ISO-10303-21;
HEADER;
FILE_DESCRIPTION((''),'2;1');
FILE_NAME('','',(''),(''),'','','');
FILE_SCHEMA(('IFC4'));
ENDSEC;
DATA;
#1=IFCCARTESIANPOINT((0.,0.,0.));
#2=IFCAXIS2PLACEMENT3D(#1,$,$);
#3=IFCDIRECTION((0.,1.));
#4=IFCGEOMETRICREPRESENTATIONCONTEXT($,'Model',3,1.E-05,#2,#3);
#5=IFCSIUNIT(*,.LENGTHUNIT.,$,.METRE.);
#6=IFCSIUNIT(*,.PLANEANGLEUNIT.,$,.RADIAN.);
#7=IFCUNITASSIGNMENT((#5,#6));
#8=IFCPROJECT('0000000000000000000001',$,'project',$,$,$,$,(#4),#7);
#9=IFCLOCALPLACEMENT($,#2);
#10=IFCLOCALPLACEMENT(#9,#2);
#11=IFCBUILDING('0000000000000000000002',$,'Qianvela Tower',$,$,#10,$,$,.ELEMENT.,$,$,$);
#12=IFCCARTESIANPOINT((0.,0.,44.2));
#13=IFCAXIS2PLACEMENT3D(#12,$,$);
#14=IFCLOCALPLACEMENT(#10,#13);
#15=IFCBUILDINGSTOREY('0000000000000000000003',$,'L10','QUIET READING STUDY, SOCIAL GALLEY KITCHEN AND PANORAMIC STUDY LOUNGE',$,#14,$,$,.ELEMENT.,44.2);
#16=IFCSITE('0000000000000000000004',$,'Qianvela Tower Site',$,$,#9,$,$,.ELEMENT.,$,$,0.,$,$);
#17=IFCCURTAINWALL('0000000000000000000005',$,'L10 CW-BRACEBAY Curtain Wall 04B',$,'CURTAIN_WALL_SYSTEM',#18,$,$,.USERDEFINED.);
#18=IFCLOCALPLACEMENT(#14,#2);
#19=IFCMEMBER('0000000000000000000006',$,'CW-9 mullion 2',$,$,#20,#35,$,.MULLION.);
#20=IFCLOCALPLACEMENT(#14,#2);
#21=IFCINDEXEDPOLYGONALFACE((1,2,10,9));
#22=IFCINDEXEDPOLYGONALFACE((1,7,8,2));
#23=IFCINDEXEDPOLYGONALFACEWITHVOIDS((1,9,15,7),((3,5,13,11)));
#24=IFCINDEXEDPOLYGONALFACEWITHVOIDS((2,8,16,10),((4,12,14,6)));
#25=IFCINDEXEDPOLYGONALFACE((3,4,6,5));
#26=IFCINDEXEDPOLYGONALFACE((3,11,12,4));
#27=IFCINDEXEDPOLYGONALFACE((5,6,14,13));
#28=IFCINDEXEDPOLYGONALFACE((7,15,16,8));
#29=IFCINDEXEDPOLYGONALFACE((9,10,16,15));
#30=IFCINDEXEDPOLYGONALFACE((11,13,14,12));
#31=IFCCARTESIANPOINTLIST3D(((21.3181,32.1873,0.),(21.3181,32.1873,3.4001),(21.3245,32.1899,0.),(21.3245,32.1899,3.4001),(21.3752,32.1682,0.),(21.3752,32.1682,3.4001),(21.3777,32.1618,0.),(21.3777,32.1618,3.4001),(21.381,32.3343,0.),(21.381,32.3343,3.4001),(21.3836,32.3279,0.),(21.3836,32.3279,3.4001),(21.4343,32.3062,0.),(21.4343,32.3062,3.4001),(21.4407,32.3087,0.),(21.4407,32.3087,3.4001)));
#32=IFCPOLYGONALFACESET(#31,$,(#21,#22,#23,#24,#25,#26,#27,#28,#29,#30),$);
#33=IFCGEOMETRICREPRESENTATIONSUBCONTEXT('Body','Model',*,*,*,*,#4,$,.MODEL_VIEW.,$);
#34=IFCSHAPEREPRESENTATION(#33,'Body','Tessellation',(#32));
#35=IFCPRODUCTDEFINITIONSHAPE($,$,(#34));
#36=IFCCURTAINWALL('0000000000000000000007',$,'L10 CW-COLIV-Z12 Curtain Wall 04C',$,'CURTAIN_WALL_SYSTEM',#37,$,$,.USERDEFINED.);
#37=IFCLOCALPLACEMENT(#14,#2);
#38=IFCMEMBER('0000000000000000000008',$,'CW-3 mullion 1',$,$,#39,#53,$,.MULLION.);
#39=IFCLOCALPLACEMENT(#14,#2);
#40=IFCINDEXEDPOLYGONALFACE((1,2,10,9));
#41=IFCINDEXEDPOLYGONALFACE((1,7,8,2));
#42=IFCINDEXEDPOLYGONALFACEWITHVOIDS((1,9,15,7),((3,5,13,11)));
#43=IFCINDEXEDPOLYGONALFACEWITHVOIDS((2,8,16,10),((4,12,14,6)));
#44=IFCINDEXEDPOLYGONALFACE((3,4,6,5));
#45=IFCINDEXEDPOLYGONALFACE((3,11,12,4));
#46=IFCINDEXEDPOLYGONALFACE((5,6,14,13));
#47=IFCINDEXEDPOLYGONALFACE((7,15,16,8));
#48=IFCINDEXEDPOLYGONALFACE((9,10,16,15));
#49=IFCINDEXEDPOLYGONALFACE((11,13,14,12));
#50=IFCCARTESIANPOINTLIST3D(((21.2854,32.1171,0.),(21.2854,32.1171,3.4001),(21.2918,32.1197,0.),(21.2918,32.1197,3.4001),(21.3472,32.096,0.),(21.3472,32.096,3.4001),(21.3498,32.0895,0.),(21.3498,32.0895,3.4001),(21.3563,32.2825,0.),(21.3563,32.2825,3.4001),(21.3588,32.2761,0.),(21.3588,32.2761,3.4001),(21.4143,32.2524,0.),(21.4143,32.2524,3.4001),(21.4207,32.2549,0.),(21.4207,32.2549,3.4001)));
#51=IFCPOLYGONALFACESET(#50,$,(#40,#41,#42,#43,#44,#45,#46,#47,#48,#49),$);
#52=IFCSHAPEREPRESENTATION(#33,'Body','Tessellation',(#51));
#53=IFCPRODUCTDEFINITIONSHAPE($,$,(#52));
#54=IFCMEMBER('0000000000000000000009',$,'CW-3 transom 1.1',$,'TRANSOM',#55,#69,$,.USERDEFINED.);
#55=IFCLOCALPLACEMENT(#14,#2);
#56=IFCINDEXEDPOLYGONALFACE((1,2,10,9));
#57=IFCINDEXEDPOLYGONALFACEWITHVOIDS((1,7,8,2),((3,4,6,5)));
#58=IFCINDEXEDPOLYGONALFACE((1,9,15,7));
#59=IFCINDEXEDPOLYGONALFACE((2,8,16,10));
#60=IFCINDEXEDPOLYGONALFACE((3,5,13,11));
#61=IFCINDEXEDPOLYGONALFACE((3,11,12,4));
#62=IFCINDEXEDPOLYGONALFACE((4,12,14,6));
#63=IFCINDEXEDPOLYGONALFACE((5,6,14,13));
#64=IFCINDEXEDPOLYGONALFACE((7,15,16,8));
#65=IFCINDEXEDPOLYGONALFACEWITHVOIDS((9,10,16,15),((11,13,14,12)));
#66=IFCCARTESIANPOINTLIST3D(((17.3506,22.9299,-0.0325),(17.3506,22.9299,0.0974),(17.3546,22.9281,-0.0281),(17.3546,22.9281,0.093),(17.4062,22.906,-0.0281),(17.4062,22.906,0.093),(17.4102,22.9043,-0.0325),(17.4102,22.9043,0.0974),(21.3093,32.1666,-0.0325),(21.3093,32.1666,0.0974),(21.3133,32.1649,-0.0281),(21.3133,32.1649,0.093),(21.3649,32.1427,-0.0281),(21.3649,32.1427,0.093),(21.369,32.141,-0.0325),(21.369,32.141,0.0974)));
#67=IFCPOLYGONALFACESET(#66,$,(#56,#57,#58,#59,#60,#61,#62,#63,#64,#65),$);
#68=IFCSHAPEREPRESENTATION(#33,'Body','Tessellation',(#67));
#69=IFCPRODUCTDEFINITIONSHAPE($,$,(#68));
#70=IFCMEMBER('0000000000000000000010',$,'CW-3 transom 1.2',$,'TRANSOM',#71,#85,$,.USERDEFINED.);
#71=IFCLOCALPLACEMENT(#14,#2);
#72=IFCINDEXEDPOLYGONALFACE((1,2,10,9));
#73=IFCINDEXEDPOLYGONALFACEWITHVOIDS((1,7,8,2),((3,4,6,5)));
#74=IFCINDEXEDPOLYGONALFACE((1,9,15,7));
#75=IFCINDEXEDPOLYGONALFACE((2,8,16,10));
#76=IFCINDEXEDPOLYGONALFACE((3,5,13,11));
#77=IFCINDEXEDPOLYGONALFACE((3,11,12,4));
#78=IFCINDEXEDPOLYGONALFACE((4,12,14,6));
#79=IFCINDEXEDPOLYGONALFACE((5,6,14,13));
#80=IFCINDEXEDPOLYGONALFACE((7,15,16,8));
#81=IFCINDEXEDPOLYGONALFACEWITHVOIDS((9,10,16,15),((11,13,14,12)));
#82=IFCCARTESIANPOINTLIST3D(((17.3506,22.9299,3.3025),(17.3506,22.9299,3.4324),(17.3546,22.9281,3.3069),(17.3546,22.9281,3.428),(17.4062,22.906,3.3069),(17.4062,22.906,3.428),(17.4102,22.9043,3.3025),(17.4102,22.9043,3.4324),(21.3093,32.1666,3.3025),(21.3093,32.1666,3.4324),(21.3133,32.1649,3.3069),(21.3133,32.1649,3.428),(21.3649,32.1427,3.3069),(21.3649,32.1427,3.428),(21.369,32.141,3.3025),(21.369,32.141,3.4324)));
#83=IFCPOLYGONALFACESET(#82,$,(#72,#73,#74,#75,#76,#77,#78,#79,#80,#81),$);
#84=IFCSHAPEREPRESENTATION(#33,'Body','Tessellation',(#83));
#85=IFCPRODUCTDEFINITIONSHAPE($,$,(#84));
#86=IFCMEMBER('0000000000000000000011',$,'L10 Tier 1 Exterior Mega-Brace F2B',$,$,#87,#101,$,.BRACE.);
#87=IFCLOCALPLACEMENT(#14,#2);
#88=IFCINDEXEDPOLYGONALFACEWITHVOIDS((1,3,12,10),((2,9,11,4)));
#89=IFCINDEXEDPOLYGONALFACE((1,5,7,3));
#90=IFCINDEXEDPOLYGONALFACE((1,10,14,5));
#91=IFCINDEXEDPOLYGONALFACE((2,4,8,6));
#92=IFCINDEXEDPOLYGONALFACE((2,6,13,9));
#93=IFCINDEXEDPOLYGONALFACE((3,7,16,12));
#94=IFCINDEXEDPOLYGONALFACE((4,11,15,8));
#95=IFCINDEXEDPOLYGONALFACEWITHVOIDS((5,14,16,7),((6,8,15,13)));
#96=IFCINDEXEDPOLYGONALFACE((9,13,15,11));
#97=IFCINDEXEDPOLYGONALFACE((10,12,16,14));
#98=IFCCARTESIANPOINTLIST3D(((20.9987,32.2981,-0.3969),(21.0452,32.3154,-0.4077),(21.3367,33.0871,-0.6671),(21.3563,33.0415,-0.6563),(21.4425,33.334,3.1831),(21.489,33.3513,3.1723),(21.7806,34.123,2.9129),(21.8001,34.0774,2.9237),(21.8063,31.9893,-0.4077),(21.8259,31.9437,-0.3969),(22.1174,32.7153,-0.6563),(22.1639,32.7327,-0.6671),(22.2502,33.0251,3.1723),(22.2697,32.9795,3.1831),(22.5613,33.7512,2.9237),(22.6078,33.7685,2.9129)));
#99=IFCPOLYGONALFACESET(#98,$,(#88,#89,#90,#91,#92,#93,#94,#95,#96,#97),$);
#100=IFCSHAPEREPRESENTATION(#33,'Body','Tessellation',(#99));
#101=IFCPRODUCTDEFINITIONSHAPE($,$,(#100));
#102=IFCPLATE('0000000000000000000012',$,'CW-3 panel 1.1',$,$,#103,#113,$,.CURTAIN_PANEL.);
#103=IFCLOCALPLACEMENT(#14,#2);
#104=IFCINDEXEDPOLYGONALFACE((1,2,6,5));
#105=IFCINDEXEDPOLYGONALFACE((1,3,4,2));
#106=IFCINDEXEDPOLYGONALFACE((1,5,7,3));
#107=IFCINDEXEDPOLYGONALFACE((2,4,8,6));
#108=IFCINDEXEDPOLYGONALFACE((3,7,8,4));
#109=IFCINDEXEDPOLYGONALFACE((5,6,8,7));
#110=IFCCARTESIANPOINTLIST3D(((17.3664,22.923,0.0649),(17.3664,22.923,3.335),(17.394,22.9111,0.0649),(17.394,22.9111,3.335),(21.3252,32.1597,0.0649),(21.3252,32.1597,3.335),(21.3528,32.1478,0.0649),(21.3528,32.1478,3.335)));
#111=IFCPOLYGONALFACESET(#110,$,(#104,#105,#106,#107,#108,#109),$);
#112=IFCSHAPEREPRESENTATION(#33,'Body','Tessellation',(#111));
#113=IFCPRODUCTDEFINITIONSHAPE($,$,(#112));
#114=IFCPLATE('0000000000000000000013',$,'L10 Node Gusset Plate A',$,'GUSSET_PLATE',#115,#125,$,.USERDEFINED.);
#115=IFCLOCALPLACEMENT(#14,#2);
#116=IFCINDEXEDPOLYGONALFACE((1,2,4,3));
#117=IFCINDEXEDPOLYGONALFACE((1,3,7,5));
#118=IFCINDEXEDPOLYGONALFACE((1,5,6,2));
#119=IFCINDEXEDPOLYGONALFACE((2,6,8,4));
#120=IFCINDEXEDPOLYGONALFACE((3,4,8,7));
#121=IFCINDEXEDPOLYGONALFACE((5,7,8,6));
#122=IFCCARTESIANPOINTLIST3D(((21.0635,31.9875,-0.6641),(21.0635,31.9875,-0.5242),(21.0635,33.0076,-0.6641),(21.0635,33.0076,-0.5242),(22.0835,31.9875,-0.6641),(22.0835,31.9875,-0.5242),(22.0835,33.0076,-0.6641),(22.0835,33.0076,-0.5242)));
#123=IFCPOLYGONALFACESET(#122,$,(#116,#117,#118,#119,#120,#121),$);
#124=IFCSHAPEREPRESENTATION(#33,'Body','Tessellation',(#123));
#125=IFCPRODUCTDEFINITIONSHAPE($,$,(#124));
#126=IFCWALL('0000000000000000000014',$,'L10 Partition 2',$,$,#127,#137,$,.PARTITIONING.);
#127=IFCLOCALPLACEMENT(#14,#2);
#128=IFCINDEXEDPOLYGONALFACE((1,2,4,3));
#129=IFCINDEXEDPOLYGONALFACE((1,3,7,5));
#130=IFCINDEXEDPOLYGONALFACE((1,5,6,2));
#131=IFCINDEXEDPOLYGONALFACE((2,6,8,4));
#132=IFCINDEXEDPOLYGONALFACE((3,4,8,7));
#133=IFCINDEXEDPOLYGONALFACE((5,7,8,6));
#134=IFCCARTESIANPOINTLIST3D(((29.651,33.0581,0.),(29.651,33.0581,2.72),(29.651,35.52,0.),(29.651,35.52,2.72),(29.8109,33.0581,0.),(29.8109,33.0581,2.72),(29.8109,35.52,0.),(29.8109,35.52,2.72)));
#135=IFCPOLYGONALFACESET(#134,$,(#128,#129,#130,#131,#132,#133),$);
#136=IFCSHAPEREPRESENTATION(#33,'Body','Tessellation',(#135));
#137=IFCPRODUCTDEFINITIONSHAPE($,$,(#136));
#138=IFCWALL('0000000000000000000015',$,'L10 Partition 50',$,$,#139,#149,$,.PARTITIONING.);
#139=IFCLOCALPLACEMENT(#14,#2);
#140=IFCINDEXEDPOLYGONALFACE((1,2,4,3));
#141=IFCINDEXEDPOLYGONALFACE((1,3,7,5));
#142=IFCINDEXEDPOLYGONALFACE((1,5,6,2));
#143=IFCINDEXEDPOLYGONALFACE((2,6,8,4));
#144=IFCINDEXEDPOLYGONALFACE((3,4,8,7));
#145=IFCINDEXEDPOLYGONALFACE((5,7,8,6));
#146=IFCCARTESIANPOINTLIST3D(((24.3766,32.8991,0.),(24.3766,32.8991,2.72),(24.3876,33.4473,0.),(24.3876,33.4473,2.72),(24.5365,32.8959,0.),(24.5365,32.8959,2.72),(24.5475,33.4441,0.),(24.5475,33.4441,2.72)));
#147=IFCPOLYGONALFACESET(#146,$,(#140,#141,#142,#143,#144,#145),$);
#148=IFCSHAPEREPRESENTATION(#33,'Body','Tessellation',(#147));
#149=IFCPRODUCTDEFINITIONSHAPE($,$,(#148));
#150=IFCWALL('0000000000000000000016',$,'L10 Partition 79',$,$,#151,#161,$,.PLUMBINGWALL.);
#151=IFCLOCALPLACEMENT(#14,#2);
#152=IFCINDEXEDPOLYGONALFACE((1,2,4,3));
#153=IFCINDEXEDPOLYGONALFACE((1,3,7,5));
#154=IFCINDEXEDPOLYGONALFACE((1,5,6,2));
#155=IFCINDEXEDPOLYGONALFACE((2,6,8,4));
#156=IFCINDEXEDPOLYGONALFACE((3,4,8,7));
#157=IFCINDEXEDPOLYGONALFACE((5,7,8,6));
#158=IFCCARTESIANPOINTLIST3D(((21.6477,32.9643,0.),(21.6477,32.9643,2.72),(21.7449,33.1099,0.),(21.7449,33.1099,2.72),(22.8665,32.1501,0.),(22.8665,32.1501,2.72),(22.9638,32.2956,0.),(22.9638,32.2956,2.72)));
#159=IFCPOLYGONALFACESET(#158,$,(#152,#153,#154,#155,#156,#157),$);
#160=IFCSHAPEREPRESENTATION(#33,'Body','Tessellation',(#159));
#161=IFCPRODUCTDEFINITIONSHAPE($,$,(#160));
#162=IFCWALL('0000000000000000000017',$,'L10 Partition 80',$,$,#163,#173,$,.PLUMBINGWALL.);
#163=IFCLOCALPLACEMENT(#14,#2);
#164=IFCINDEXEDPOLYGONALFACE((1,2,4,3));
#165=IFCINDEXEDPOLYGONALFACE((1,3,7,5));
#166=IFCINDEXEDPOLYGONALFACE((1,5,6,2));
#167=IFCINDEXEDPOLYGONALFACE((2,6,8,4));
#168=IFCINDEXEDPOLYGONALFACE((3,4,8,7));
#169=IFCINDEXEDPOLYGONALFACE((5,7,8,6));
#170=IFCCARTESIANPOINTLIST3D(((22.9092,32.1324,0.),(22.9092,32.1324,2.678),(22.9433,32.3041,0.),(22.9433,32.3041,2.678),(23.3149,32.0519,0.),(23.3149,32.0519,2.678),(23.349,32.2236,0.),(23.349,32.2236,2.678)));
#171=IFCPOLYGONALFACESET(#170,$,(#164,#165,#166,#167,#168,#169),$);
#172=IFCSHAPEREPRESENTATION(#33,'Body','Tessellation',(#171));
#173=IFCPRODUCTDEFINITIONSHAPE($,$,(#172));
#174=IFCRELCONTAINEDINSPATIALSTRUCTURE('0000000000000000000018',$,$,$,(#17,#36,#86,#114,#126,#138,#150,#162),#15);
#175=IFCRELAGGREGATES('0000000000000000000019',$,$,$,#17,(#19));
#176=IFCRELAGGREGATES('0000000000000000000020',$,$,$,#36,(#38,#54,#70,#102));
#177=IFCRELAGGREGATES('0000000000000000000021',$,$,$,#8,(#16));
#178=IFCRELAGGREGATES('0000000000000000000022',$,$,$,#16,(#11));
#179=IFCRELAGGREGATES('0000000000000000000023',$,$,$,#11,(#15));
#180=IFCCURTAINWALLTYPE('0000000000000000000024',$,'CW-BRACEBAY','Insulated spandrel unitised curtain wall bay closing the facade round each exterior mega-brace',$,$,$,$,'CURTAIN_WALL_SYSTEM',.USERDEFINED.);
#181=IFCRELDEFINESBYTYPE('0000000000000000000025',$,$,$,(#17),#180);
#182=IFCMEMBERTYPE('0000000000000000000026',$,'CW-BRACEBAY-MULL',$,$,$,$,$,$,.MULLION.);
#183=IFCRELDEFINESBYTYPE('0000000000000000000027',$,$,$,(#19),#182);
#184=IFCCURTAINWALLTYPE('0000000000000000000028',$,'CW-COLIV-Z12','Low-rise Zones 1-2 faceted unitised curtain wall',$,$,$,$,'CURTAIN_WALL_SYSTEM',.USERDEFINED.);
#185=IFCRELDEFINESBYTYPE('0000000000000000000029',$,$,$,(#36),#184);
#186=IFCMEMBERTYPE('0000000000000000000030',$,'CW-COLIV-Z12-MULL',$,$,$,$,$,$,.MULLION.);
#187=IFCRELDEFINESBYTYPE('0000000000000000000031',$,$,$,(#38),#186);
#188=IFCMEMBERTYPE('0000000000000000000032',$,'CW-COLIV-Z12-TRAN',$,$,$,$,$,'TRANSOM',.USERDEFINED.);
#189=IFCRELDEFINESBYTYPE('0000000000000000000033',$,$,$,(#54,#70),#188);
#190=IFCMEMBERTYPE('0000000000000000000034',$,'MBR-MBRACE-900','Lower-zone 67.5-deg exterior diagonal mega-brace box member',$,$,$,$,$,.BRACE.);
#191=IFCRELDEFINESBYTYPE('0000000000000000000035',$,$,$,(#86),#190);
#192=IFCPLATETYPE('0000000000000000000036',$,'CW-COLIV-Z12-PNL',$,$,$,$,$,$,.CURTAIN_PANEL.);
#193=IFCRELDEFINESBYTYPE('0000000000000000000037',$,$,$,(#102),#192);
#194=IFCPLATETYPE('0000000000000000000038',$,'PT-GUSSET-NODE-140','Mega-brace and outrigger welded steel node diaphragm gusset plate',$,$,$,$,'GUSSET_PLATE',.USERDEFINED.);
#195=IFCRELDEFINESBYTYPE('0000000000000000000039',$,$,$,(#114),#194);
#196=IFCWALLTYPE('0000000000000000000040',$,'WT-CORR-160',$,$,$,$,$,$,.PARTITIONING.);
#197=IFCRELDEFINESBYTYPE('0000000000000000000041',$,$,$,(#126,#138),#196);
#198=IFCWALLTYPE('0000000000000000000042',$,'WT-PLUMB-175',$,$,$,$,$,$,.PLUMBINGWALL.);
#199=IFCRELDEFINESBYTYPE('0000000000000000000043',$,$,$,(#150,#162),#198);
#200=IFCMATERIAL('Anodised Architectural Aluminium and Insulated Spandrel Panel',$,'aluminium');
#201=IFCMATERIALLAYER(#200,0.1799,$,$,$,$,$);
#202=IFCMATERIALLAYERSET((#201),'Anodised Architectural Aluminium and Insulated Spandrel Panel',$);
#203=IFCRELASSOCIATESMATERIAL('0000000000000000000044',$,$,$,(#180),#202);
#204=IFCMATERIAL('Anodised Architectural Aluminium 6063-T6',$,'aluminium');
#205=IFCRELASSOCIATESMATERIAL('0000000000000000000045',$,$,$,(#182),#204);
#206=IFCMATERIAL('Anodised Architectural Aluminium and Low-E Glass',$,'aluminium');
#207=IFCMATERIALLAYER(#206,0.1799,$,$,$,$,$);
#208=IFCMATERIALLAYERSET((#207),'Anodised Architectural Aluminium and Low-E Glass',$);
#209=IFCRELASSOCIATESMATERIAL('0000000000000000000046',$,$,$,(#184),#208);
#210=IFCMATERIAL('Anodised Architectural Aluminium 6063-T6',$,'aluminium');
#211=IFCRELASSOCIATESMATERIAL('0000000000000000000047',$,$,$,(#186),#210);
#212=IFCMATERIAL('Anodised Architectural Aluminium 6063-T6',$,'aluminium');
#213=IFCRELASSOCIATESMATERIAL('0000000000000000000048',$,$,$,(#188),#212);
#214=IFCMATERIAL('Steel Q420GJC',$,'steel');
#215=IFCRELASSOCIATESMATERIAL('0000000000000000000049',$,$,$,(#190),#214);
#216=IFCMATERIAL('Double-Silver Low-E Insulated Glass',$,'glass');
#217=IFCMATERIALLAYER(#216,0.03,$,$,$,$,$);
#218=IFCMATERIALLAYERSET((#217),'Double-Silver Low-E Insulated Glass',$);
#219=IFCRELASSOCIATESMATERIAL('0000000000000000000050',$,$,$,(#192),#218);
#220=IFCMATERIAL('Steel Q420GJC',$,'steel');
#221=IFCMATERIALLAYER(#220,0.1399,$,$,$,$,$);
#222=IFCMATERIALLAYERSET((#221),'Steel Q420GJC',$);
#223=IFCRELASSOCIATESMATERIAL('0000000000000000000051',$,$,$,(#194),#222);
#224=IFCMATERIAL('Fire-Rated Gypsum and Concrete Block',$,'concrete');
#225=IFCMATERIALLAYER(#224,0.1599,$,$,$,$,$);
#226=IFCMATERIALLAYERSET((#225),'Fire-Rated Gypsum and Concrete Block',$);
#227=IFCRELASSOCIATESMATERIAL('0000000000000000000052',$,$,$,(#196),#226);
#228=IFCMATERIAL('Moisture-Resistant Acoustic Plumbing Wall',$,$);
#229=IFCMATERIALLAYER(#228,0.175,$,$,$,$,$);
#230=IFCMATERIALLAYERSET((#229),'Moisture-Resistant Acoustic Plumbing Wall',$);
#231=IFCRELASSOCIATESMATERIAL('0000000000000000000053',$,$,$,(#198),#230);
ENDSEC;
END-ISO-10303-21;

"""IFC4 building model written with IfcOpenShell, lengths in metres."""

from ifc_helpers import new_model, si_unit, direction, frame, frame_2d, origin, origin_2d, place, context, subcontext, project, spatial, rectangle, hollow_rectangle, extrude, material, layer, layer_set, material_profile, profile_set, type_object, element, aggregate, save


model = new_model("IFC4")

# Units and contexts
model_context = context("Model", 3, precision=1e-05, world=origin(), true_north=direction((0.0, 1.0)))
body_context = subcontext(model_context, "Body", "Model", "MODEL_VIEW")
ifc_project = project(units=[si_unit("LENGTHUNIT", "METRE"), si_unit("PLANEANGLEUNIT", "RADIAN")], contexts=[model_context])

# Site, building, storey
site_placement = place(None, origin())
site = spatial("IfcSite", under=ifc_project, at=site_placement, Name="Qianvela Tower Site", CompositionType="ELEMENT", RefElevation=0.0)
building_placement = place(site_placement, origin())
building = spatial("IfcBuilding", under=site, at=building_placement, Name="Qianvela Tower", CompositionType="ELEMENT")
storey_placement = place(building_placement, frame((0.0, 0.0, 44.2)))
storey = spatial("IfcBuildingStorey", under=building, at=storey_placement, Name="L10", Description="QUIET READING STUDY, SOCIAL GALLEY KITCHEN AND PANORAMIC STUDY LOUNGE", CompositionType="ELEMENT", Elevation=44.2)

# Curtain wall, member
ifc_material_1 = material(Name="Anodised Architectural Aluminium and Insulated Spandrel Panel", Category="aluminium")
ifc_layer_1 = layer(ifc_material_1, 0.1799)
ifc_layer_set_1 = layer_set([ifc_layer_1], Name="Anodised Architectural Aluminium and Insulated Spandrel Panel")
curtain_wall_type_1 = type_object("IfcCurtainWallType", Name="CW-BRACEBAY", Description="Insulated spandrel unitised curtain wall bay closing the facade round each exterior mega-brace", ElementType="CURTAIN_WALL_SYSTEM", PredefinedType="USERDEFINED", material=ifc_layer_set_1)
curtain_wall_1_placement = place(storey_placement, origin())
curtain_wall_1 = element("IfcCurtainWall", 1, at=curtain_wall_1_placement, inside=storey, type_object=curtain_wall_type_1, Name="L10 CW-BRACEBAY Curtain Wall 04B", ObjectType="CURTAIN_WALL_SYSTEM", PredefinedType="USERDEFINED")
ifc_material_2 = material(Name="Anodised Architectural Aluminium 6063-T6", Category="aluminium")
ifc_material_profile_1 = material_profile(ifc_material_2, hollow_rectangle(XDim=0.0649, YDim=0.1599, WallThickness=0.0049, at=origin_2d()), Name="ALU-MULL-65x160")
ifc_profile_set_1 = profile_set([ifc_material_profile_1], Name="Anodised Architectural Aluminium 6063-T6")
member_type_1 = type_object("IfcMemberType", Name="CW-BRACEBAY-MULL", PredefinedType="MULLION", material=ifc_profile_set_1)
member_1_placement = place(storey_placement, frame((21.3794, 32.248, 0.0), z_axis=(0.0, 0.0, 1.0), x_axis=(0.919135, -0.393944, 0.0)))
member_1 = element("IfcMember", 2, at=member_1_placement, type_object=member_type_1, Name="CW-9 mullion 2", PredefinedType="MULLION", context=body_context, shape_type="SweptSolid", body=[
    extrude(hollow_rectangle(XDim=0.0649, YDim=0.1599, WallThickness=0.0049, at=origin_2d()), origin(), (0.0, 0.0, 1.0), 3.4001),
])
aggregate(curtain_wall_1, [member_1])

# Curtain wall, members
ifc_material_3 = material(Name="Anodised Architectural Aluminium and Low-E Glass", Category="aluminium")
ifc_layer_2 = layer(ifc_material_3, 0.1799)
ifc_layer_set_2 = layer_set([ifc_layer_2], Name="Anodised Architectural Aluminium and Low-E Glass")
curtain_wall_type_2 = type_object("IfcCurtainWallType", Name="CW-COLIV-Z12", Description="Low-rise Zones 1-2 faceted unitised curtain wall", ElementType="CURTAIN_WALL_SYSTEM", PredefinedType="USERDEFINED", material=ifc_layer_set_2)
curtain_wall_2_placement = place(storey_placement, origin())
curtain_wall_2 = element("IfcCurtainWall", 3, at=curtain_wall_2_placement, inside=storey, type_object=curtain_wall_type_2, Name="L10 CW-COLIV-Z12 Curtain Wall 04C", ObjectType="CURTAIN_WALL_SYSTEM", PredefinedType="USERDEFINED")
ifc_material_4 = material(Name="Anodised Architectural Aluminium 6063-T6", Category="aluminium")
ifc_material_profile_2 = material_profile(ifc_material_4, hollow_rectangle(XDim=0.0701, YDim=0.1799, WallThickness=0.0049, at=origin_2d()), Name="ALU-MULL-70x180")
ifc_profile_set_2 = profile_set([ifc_material_profile_2], Name="Anodised Architectural Aluminium 6063-T6")
member_type_2 = type_object("IfcMemberType", Name="CW-COLIV-Z12-MULL", PredefinedType="MULLION", material=ifc_profile_set_2)
member_2_placement = place(storey_placement, frame((21.353, 32.186, 0.0), z_axis=(0.0, 0.0, 1.0), x_axis=(0.919136, -0.393941, 0.0)))
member_2 = element("IfcMember", 4, at=member_2_placement, type_object=member_type_2, Name="CW-3 mullion 1", PredefinedType="MULLION", context=body_context, shape_type="SweptSolid", body=[
    extrude(hollow_rectangle(XDim=0.0701, YDim=0.1799, WallThickness=0.0049, at=origin_2d()), origin(), (0.0, 0.0, 1.0), 3.4001),
])
ifc_material_5 = material(Name="Anodised Architectural Aluminium 6063-T6", Category="aluminium")
ifc_material_profile_3 = material_profile(ifc_material_5, hollow_rectangle(XDim=0.0649, YDim=0.1299, WallThickness=0.0044, at=origin_2d()), Name="ALU-TRAN-65x130")
ifc_profile_set_3 = profile_set([ifc_material_profile_3], Name="Anodised Architectural Aluminium 6063-T6")
member_type_3 = type_object("IfcMemberType", Name="CW-COLIV-Z12-TRAN", ElementType="TRANSOM", PredefinedType="USERDEFINED", material=ifc_profile_set_3)
member_3_placement = place(storey_placement, frame((21.3391, 32.1538, 0.0325), z_axis=(-0.393928, -0.919141, 0.0), x_axis=(0.919141, -0.393928, 0.0)))
member_3 = element("IfcMember", 5, at=member_3_placement, type_object=member_type_3, Name="CW-3 transom 1.1", ObjectType="TRANSOM", PredefinedType="USERDEFINED", context=body_context, shape_type="SweptSolid", body=[
    extrude(hollow_rectangle(XDim=0.0649, YDim=0.1299, WallThickness=0.0044, at=origin_2d()), origin(), (0.0, 0.0, 1.0), 10.0493),
])
member_4_placement = place(storey_placement, frame((21.3391, 32.1538, 3.3674), z_axis=(-0.393928, -0.919141, 0.0), x_axis=(0.919141, -0.393928, 0.0)))
member_4 = element("IfcMember", 6, at=member_4_placement, type_object=member_type_3, Name="CW-3 transom 1.2", ObjectType="TRANSOM", PredefinedType="USERDEFINED", context=body_context, shape_type="SweptSolid", body=[
    extrude(hollow_rectangle(XDim=0.0649, YDim=0.1299, WallThickness=0.0044, at=origin_2d()), origin(), (0.0, 0.0, 1.0), 10.0493),
])

# Member
ifc_material_6 = material(Name="Steel Q420GJC", Category="steel")
ifc_material_profile_4 = material_profile(ifc_material_6, hollow_rectangle(XDim=0.8999, YDim=0.8999, WallThickness=0.0359, at=origin_2d()), Name="MBOX-900x900x36")
ifc_profile_set_4 = profile_set([ifc_material_profile_4], Name="Steel Q420GJC")
member_type_4 = type_object("IfcMemberType", Name="MBR-MBRACE-900", Description="Lower-zone 67.5-deg exterior diagonal mega-brace box member", PredefinedType="BRACE", material=ifc_profile_set_4)
member_5_placement = place(storey_placement, frame((21.5813, 32.5154, -0.532), z_axis=(0.118256, 0.275996, 0.953856), x_axis=(-0.919179, 0.393841, 0.0)))
element("IfcMember", 7, at=member_5_placement, inside=storey, type_object=member_type_4, Name="L10 Tier 1 Exterior Mega-Brace F2B", PredefinedType="BRACE", context=body_context, shape_type="SweptSolid", body=[
    extrude(hollow_rectangle(XDim=0.8999, YDim=0.8999, WallThickness=0.0359, at=origin_2d()), origin(), (0.0, 0.0, 1.0), 3.7532),
])

# Plates
ifc_material_7 = material(Name="Double-Silver Low-E Insulated Glass", Category="glass")
ifc_layer_3 = layer(ifc_material_7, 0.03)
ifc_layer_set_3 = layer_set([ifc_layer_3], Name="Double-Silver Low-E Insulated Glass")
plate_type_1 = type_object("IfcPlateType", Name="CW-COLIV-Z12-PNL", PredefinedType="CURTAIN_PANEL", material=ifc_layer_set_3)
plate_1_placement = place(storey_placement, frame((19.3596, 27.5354, 0.0649), z_axis=(0.0, 0.0, 1.0), x_axis=(-0.393941, -0.919136, 0.0)))
plate_1 = element("IfcPlate", 8, at=plate_1_placement, type_object=plate_type_1, Name="CW-3 panel 1.1", PredefinedType="CURTAIN_PANEL", context=body_context, shape_type="SweptSolid", body=[
    extrude(rectangle(XDim=10.0493, YDim=0.03, at=origin_2d()), origin(), (0.0, 0.0, 1.0), 3.27),
])
aggregate(curtain_wall_2, [member_2, member_3, member_4, plate_1])
ifc_material_8 = material(Name="Steel Q420GJC", Category="steel")
ifc_layer_4 = layer(ifc_material_8, 0.1399)
ifc_layer_set_4 = layer_set([ifc_layer_4], Name="Steel Q420GJC")
plate_type_2 = type_object("IfcPlateType", Name="PT-GUSSET-NODE-140", Description="Mega-brace and outrigger welded steel node diaphragm gusset plate", ElementType="GUSSET_PLATE", PredefinedType="USERDEFINED", material=ifc_layer_set_4)
plate_2_placement = place(storey_placement, frame((21.5735, 32.4976, -0.6641), z_axis=(0.0, 0.0, 1.0), x_axis=(1.0, 0.0, 0.0)))
element("IfcPlate", 9, at=plate_2_placement, inside=storey, type_object=plate_type_2, Name="L10 Node Gusset Plate A", ObjectType="GUSSET_PLATE", PredefinedType="USERDEFINED", context=body_context, shape_type="SweptSolid", body=[
    extrude(rectangle(XDim=1.02, YDim=1.02, at=origin_2d()), origin(), (0.0, 0.0, 1.0), 0.1399),
])

# Walls
ifc_material_9 = material(Name="Fire-Rated Gypsum and Concrete Block", Category="concrete")
ifc_layer_5 = layer(ifc_material_9, 0.1599)
ifc_layer_set_5 = layer_set([ifc_layer_5], Name="Fire-Rated Gypsum and Concrete Block")
wall_type_1 = type_object("IfcWallType", Name="WT-CORR-160", PredefinedType="PARTITIONING", material=ifc_layer_set_5)
wall_1_placement = place(storey_placement, frame((29.731, 33.0581, 0.0), z_axis=(0.0, 0.0, 1.0), x_axis=(0.0, 1.0, 0.0)))
element("IfcWall", 10, at=wall_1_placement, inside=storey, type_object=wall_type_1, Name="L10 Partition 2", PredefinedType="PARTITIONING", context=body_context, shape_type="SweptSolid", body=[
    extrude(rectangle(XDim=2.4619, YDim=0.1599, at=frame_2d((1.231, 0.0))), origin(), (0.0, 0.0, 1.0), 2.72),
])
wall_2_placement = place(storey_placement, frame((24.4565, 32.8975, 0.0), z_axis=(0.0, 0.0, 1.0), x_axis=(0.020032, 0.999799, 0.0)))
element("IfcWall", 11, at=wall_2_placement, inside=storey, type_object=wall_type_1, Name="L10 Partition 50", PredefinedType="PARTITIONING", context=body_context, shape_type="SweptSolid", body=[
    extrude(rectangle(XDim=0.5483, YDim=0.1599, at=frame_2d((0.2742, 0.0))), origin(), (0.0, 0.0, 1.0), 2.72),
])
ifc_material_10 = material(Name="Moisture-Resistant Acoustic Plumbing Wall")
ifc_layer_6 = layer(ifc_material_10, 0.175)
ifc_layer_set_6 = layer_set([ifc_layer_6], Name="Moisture-Resistant Acoustic Plumbing Wall")
wall_type_2 = type_object("IfcWallType", Name="WT-PLUMB-175", PredefinedType="PLUMBINGWALL", material=ifc_layer_set_6)
wall_3_placement = place(storey_placement, frame((21.6963, 33.0371, 0.0), z_axis=(0.0, 0.0, 1.0), x_axis=(0.831512, -0.555507, 0.0)))
element("IfcWall", 12, at=wall_3_placement, inside=storey, type_object=wall_type_2, Name="L10 Partition 79", PredefinedType="PLUMBINGWALL", context=body_context, shape_type="SweptSolid", body=[
    extrude(rectangle(XDim=1.4658, YDim=0.175, at=frame_2d((0.7329, 0.0))), origin(), (0.0, 0.0, 1.0), 2.72),
])
wall_4_placement = place(storey_placement, frame((22.9263, 32.2183, 0.0), z_axis=(0.0, 0.0, 1.0), x_axis=(0.980852, -0.194754, 0.0)))
element("IfcWall", 13, at=wall_4_placement, inside=storey, type_object=wall_type_2, Name="L10 Partition 80", PredefinedType="PLUMBINGWALL", context=body_context, shape_type="SweptSolid", body=[
    extrude(rectangle(XDim=0.4136, YDim=0.175, at=frame_2d((0.2068, 0.0))), origin(), (0.0, 0.0, 1.0), 2.678),
])

save(model, "model.ifc")
